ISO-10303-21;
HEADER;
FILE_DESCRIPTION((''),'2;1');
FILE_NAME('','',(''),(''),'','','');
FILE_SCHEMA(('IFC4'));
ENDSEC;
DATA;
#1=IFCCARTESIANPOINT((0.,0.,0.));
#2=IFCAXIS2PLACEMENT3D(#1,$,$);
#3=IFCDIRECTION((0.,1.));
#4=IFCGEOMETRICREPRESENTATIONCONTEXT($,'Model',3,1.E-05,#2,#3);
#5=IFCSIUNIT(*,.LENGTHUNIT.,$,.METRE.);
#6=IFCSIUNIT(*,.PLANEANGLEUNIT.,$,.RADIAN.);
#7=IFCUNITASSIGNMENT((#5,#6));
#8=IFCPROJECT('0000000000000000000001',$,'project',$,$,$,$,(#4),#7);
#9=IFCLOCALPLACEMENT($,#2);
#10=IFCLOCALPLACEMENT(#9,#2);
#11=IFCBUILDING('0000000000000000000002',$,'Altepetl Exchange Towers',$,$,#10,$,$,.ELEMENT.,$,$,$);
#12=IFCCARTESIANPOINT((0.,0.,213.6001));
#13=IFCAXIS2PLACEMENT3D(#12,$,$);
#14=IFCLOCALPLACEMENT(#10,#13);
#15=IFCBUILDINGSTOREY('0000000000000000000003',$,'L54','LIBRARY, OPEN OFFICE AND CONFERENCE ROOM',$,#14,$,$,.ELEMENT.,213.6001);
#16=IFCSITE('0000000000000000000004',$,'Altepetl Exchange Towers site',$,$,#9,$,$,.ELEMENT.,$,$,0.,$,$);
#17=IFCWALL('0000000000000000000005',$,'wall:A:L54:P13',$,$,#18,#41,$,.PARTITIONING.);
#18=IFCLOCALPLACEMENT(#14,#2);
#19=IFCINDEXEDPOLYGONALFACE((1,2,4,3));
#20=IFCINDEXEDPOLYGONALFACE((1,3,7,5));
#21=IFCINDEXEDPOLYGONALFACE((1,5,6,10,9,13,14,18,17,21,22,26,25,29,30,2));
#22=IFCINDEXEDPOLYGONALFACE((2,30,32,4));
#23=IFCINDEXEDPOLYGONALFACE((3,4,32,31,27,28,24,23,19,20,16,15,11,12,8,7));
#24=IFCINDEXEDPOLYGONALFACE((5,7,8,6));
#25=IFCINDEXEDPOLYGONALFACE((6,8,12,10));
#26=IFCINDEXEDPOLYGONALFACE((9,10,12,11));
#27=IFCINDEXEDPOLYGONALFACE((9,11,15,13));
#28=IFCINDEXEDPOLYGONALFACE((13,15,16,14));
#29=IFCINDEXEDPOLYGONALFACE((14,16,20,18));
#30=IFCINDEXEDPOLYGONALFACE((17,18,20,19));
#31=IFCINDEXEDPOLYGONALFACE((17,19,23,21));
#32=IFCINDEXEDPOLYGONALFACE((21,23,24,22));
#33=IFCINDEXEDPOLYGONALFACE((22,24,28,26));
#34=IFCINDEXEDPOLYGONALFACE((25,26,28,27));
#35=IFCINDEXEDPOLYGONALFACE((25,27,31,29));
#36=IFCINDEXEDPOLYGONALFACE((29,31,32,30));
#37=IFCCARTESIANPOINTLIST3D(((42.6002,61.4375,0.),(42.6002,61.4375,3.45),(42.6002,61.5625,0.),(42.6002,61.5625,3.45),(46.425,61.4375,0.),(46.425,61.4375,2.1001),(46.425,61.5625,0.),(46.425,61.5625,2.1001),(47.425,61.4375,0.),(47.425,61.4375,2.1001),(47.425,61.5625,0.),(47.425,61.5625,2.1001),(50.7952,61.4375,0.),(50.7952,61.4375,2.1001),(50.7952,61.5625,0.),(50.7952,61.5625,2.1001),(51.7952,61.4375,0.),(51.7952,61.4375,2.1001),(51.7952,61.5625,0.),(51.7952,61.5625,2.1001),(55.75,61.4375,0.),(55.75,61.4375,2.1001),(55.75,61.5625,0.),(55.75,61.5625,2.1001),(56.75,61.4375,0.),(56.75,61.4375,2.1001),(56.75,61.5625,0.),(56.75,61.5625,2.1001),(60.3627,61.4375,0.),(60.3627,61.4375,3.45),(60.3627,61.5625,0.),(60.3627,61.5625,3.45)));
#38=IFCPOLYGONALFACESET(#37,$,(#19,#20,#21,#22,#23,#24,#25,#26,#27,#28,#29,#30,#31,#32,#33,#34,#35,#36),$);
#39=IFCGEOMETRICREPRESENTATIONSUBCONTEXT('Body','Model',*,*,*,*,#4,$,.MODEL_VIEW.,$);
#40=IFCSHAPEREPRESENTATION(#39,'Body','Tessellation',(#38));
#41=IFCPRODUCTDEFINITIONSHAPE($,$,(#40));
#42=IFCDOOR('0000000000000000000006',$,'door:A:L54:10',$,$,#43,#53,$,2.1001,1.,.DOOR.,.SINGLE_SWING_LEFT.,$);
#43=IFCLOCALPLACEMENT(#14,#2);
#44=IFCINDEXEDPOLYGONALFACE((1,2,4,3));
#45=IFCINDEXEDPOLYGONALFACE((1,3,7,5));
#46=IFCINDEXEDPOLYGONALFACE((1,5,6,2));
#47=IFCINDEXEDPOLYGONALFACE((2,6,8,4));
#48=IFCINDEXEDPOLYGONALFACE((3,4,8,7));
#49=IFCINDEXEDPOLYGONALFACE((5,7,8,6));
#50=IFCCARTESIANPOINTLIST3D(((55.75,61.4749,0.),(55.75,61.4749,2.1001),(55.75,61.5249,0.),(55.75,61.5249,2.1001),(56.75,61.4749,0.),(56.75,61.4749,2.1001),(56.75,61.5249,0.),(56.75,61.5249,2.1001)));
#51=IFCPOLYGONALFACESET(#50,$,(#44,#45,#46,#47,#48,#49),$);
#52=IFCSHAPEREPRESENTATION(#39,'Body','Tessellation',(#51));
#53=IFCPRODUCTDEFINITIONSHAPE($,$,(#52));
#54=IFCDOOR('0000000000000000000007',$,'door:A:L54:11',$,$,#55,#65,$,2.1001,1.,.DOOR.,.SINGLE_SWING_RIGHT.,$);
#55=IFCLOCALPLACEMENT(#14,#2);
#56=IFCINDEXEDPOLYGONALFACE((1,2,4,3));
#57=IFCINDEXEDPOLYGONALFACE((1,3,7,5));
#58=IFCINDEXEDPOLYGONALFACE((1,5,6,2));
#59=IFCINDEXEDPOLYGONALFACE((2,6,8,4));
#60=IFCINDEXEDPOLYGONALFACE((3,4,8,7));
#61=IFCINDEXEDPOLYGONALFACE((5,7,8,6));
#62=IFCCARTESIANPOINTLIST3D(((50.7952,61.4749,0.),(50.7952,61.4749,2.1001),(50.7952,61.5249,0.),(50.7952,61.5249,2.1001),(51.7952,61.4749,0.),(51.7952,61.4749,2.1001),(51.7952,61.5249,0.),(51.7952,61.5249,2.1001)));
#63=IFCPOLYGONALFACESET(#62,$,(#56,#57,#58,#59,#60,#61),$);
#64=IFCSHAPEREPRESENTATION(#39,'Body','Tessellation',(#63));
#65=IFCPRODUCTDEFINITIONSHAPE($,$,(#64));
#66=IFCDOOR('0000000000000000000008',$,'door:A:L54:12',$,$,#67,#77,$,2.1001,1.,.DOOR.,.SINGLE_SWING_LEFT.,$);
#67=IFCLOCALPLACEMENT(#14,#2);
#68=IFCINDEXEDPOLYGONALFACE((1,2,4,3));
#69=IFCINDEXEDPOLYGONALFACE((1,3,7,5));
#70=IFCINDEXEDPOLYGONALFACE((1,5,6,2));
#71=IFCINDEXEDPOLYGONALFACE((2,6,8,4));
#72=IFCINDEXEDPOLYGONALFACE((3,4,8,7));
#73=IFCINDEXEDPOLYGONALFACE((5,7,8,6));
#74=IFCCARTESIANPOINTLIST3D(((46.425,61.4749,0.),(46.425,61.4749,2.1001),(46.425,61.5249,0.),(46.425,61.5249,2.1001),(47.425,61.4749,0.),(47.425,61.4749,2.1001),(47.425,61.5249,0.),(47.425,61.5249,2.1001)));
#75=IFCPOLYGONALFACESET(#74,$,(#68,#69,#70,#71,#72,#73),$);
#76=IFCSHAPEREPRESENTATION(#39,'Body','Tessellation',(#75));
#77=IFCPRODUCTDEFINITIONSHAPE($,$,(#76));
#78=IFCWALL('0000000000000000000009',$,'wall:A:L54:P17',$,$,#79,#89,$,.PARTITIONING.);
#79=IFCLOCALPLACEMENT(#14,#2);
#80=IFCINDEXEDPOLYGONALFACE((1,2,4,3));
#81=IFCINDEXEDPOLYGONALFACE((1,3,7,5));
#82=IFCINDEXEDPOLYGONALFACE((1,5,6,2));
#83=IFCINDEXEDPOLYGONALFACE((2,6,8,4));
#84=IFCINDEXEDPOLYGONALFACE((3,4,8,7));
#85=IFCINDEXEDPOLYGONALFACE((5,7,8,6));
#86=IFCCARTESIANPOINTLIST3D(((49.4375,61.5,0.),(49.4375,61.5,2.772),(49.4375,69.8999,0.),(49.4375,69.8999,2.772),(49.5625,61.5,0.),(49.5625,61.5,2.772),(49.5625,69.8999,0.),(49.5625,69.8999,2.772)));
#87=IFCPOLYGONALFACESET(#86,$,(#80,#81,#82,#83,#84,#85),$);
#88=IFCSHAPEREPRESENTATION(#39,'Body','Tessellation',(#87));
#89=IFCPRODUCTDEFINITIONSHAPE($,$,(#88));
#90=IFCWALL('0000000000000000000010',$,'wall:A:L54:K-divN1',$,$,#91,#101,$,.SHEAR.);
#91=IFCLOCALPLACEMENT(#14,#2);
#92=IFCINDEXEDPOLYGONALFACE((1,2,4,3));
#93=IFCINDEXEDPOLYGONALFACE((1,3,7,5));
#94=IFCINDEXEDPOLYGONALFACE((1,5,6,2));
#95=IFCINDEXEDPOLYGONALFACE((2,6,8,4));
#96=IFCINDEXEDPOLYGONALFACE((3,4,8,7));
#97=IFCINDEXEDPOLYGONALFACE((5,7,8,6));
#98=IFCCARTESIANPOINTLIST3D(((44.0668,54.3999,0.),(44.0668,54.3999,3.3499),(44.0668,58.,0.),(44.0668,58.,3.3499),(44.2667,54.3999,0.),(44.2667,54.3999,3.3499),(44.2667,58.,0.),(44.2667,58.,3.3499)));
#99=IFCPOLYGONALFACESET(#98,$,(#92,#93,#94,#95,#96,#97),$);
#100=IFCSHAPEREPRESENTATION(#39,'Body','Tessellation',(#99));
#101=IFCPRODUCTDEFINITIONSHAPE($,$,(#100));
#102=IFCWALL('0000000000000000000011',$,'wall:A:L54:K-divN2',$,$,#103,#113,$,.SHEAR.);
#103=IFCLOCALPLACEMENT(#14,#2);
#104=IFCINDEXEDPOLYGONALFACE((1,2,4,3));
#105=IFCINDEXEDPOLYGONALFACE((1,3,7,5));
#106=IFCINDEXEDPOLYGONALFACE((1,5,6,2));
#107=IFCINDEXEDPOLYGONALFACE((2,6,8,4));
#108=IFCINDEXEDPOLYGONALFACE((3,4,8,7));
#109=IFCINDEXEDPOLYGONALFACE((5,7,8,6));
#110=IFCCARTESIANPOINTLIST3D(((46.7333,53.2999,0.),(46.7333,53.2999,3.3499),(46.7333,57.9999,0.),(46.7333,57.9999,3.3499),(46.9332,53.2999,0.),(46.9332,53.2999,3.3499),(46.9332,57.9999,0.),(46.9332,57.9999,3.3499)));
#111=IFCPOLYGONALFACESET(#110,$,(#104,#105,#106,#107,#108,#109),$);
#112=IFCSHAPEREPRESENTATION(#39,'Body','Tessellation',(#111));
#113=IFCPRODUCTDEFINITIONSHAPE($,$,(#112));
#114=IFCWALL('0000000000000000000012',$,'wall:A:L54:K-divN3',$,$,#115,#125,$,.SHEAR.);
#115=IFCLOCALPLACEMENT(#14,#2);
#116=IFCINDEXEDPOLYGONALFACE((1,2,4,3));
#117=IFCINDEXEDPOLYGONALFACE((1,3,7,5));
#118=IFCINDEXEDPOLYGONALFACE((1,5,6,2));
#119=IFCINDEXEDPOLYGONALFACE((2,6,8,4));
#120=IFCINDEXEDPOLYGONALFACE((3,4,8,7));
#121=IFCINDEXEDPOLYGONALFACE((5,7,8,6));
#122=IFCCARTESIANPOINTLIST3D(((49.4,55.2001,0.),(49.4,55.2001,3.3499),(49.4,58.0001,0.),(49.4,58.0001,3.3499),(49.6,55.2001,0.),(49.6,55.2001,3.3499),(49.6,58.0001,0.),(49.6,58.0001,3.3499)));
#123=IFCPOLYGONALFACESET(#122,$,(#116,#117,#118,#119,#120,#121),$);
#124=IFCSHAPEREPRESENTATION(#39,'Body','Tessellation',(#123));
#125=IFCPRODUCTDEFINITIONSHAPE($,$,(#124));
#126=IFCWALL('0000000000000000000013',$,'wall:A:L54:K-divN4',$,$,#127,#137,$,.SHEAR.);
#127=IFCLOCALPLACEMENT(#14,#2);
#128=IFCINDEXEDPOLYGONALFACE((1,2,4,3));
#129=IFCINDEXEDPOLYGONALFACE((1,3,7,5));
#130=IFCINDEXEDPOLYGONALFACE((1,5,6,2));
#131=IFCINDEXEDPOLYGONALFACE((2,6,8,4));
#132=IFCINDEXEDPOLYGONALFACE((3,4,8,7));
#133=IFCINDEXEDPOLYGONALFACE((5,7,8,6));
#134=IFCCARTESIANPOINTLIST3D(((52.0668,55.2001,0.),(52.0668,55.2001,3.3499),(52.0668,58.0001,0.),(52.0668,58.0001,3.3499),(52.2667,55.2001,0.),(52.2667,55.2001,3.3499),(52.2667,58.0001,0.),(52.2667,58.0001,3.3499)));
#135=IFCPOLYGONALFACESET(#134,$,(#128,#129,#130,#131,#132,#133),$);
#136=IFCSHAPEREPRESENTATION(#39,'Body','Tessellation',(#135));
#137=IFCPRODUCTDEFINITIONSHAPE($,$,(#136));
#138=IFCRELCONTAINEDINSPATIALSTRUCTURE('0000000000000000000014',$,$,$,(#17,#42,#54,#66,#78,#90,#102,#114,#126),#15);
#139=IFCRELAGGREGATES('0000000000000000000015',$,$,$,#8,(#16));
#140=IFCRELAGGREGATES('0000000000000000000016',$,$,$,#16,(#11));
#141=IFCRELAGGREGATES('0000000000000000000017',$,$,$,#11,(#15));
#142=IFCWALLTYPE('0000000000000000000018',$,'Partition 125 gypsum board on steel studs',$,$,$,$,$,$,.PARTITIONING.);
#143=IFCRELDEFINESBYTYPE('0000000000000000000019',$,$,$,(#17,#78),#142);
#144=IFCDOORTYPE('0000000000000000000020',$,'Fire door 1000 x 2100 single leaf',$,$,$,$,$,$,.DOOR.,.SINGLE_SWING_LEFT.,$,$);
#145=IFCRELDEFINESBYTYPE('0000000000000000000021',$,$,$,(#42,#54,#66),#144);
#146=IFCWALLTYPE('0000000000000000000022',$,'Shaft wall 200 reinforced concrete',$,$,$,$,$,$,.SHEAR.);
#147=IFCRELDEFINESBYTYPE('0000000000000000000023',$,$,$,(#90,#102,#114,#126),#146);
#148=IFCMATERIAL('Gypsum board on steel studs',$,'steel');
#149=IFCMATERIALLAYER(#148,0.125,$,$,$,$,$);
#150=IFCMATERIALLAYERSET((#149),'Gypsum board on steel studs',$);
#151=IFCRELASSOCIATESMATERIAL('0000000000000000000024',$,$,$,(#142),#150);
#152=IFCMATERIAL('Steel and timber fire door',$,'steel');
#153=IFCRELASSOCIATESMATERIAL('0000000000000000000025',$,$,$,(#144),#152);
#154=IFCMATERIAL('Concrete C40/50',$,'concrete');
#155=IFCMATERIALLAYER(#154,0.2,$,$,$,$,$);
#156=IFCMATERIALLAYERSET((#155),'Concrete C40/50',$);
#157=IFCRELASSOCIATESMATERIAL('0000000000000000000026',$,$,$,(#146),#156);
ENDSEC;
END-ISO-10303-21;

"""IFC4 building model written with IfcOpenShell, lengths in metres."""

from ifc_helpers import new_model, si_unit, direction, frame, frame_2d, origin, place, context, subcontext, project, spatial, rectangle, extrude, material, layer, layer_set, type_object, element, fill, save


model = new_model("IFC4")

# Units and contexts
model_context = context("Model", 3, precision=1e-05, world=origin(), true_north=direction((0.0, 1.0)))
body_context = subcontext(model_context, "Body", "Model", "MODEL_VIEW")
ifc_project = project(units=[si_unit("LENGTHUNIT", "METRE"), si_unit("PLANEANGLEUNIT", "RADIAN")], contexts=[model_context])

# Site, building, storey
site_placement = place(None, origin())
site = spatial("IfcSite", under=ifc_project, at=site_placement, Name="Altepetl Exchange Towers site", CompositionType="ELEMENT", RefElevation=0.0)
building_placement = place(site_placement, origin())
building = spatial("IfcBuilding", under=site, at=building_placement, Name="Altepetl Exchange Towers", CompositionType="ELEMENT")
storey_placement = place(building_placement, frame((0.0, 0.0, 213.6001)))
storey = spatial("IfcBuildingStorey", under=building, at=storey_placement, Name="L54", Description="LIBRARY, OPEN OFFICE AND CONFERENCE ROOM", CompositionType="ELEMENT", Elevation=213.6001)

# Shared definitions
ifc_material_1 = material(Name="Steel and timber fire door", Category="steel")

# Wall, openings, doors
ifc_material_2 = material(Name="Gypsum board on steel studs", Category="steel")
ifc_layer_1 = layer(ifc_material_2, 0.125)
ifc_layer_set_1 = layer_set([ifc_layer_1], Name="Gypsum board on steel studs")
wall_type_1 = type_object("IfcWallType", Name="Partition 125 gypsum board on steel studs", PredefinedType="PARTITIONING", material=ifc_layer_set_1)
wall_1_placement = place(storey_placement, frame((42.6001, 61.5, 0.0)))
wall_1 = element("IfcWall", 1, at=wall_1_placement, inside=storey, type_object=wall_type_1, Name="wall:A:L54:P13", PredefinedType="PARTITIONING", context=body_context, shape_type="SweptSolid", body=[
    extrude(rectangle(XDim=17.7625, YDim=0.125, at=frame_2d((8.8813, 0.0))), origin(), (0.0, 0.0, 1.0), 3.45),
])
opening_1_placement = place(wall_1_placement, frame((13.1499, 0.0, 0.0)))
opening_1 = element("IfcOpeningElement", 2, at=opening_1_placement, cuts=wall_1, PredefinedType="OPENING", context=body_context, shape_type="SweptSolid", body=[
    extrude(rectangle(XDim=1.0, YDim=2.1001, at=frame_2d((0.5, 1.05))), frame((0.0, 0.0725, 0.0), z_axis=(0.0, -1.0, 0.0), x_axis=(1.0, 0.0, 0.0)), (0.0, 0.0, 1.0), 0.145),
])
opening_2_placement = place(wall_1_placement, frame((8.1951, 0.0, 0.0)))
opening_2 = element("IfcOpeningElement", 3, at=opening_2_placement, cuts=wall_1, PredefinedType="OPENING", context=body_context, shape_type="SweptSolid", body=[
    extrude(rectangle(XDim=1.0, YDim=2.1001, at=frame_2d((0.5, 1.05))), frame((0.0, 0.0725, 0.0), z_axis=(0.0, -1.0, 0.0), x_axis=(1.0, 0.0, 0.0)), (0.0, 0.0, 1.0), 0.145),
])
opening_3_placement = place(wall_1_placement, frame((3.825, 0.0, 0.0)))
opening_3 = element("IfcOpeningElement", 4, at=opening_3_placement, cuts=wall_1, PredefinedType="OPENING", context=body_context, shape_type="SweptSolid", body=[
    extrude(rectangle(XDim=1.0, YDim=2.1001, at=frame_2d((0.5, 1.05))), frame((0.0, 0.0725, 0.0), z_axis=(0.0, -1.0, 0.0), x_axis=(1.0, 0.0, 0.0)), (0.0, 0.0, 1.0), 0.145),
])
door_type_1 = type_object("IfcDoorType", Name="Fire door 1000 x 2100 single leaf", OperationType="SINGLE_SWING_LEFT", PredefinedType="DOOR", material=ifc_material_1)
door_1_placement = place(opening_1_placement, origin())
door_1 = element("IfcDoor", 5, at=door_1_placement, inside=storey, type_object=door_type_1, Name="door:A:L54:10", OperationType="SINGLE_SWING_LEFT", OverallHeight=2.1001, OverallWidth=1.0, PredefinedType="DOOR", context=body_context, shape_type="SweptSolid", body=[
    extrude(rectangle(XDim=1.0, YDim=2.1001, at=frame_2d((0.5, 1.05))), frame((0.0, 0.0249, 0.0), z_axis=(0.0, -1.0, 0.0), x_axis=(1.0, 0.0, 0.0)), (0.0, 0.0, 1.0), 0.05),
])
fill(opening_1, door_1)
door_2_placement = place(opening_2_placement, origin())
door_2 = element("IfcDoor", 6, at=door_2_placement, inside=storey, type_object=door_type_1, Name="door:A:L54:11", OperationType="SINGLE_SWING_RIGHT", OverallHeight=2.1001, OverallWidth=1.0, PredefinedType="DOOR", context=body_context, shape_type="SweptSolid", body=[
    extrude(rectangle(XDim=1.0, YDim=2.1001, at=frame_2d((0.5, 1.05))), frame((0.0, 0.0249, 0.0), z_axis=(0.0, -1.0, 0.0), x_axis=(1.0, 0.0, 0.0)), (0.0, 0.0, 1.0), 0.05),
])
fill(opening_2, door_2)
door_3_placement = place(opening_3_placement, origin())
door_3 = element("IfcDoor", 7, at=door_3_placement, inside=storey, type_object=door_type_1, Name="door:A:L54:12", OperationType="SINGLE_SWING_LEFT", OverallHeight=2.1001, OverallWidth=1.0, PredefinedType="DOOR", context=body_context, shape_type="SweptSolid", body=[
    extrude(rectangle(XDim=1.0, YDim=2.1001, at=frame_2d((0.5, 1.05))), frame((0.0, 0.0249, 0.0), z_axis=(0.0, -1.0, 0.0), x_axis=(1.0, 0.0, 0.0)), (0.0, 0.0, 1.0), 0.05),
])
fill(opening_3, door_3)

# Walls
wall_2_placement = place(storey_placement, frame((49.5, 61.5, 0.0), z_axis=(0.0, 0.0, 1.0), x_axis=(0.0, 1.0, 0.0)))
element("IfcWall", 8, at=wall_2_placement, inside=storey, type_object=wall_type_1, Name="wall:A:L54:P17", PredefinedType="PARTITIONING", context=body_context, shape_type="SweptSolid", body=[
    extrude(rectangle(XDim=8.3999, YDim=0.125, at=frame_2d((4.2, 0.0))), origin(), (0.0, 0.0, 1.0), 2.772),
])
ifc_material_3 = material(Name="Concrete C40/50", Category="concrete")
ifc_layer_2 = layer(ifc_material_3, 0.2)
ifc_layer_set_2 = layer_set([ifc_layer_2], Name="Concrete C40/50")
wall_type_2 = type_object("IfcWallType", Name="Shaft wall 200 reinforced concrete", PredefinedType="SHEAR", material=ifc_layer_set_2)
wall_3_placement = place(storey_placement, frame((44.1667, 58.0, 0.0), z_axis=(0.0, 0.0, 1.0), x_axis=(0.0, -1.0, 0.0)))
element("IfcWall", 9, at=wall_3_placement, inside=storey, type_object=wall_type_2, Name="wall:A:L54:K-divN1", PredefinedType="SHEAR", context=body_context, shape_type="SweptSolid", body=[
    extrude(rectangle(XDim=3.6001, YDim=0.2, at=frame_2d((1.8, 0.0))), origin(), (0.0, 0.0, 1.0), 3.3499),
])
wall_4_placement = place(storey_placement, frame((46.8333, 58.0, 0.0), z_axis=(0.0, 0.0, 1.0), x_axis=(0.0, -1.0, 0.0)))
element("IfcWall", 10, at=wall_4_placement, inside=storey, type_object=wall_type_2, Name="wall:A:L54:K-divN2", PredefinedType="SHEAR", context=body_context, shape_type="SweptSolid", body=[
    extrude(rectangle(XDim=4.7, YDim=0.2, at=frame_2d((2.3501, 0.0))), origin(), (0.0, 0.0, 1.0), 3.3499),
])
for number, where, z_axis, x_axis, name in (
    (11, (49.5, 58.0, 0.0), (0.0, 0.0, 1.0), (0.0, -1.0, 0.0), "wall:A:L54:K-divN3"),
    (12, (52.1667, 58.0, 0.0), (0.0, 0.0, 1.0), (0.0, -1.0, 0.0), "wall:A:L54:K-divN4"),
):
    element("IfcWall", number, at=place(storey_placement, frame(where, z_axis=z_axis, x_axis=x_axis)), inside=storey, type_object=wall_type_2, Name=name, PredefinedType="SHEAR", context=body_context, shape_type="SweptSolid", body=[
        extrude(rectangle(XDim=2.8, YDim=0.2, at=frame_2d((1.3999, 0.0))), origin(), (0.0, 0.0, 1.0), 3.3499),
    ])

save(model, "model.ifc")
